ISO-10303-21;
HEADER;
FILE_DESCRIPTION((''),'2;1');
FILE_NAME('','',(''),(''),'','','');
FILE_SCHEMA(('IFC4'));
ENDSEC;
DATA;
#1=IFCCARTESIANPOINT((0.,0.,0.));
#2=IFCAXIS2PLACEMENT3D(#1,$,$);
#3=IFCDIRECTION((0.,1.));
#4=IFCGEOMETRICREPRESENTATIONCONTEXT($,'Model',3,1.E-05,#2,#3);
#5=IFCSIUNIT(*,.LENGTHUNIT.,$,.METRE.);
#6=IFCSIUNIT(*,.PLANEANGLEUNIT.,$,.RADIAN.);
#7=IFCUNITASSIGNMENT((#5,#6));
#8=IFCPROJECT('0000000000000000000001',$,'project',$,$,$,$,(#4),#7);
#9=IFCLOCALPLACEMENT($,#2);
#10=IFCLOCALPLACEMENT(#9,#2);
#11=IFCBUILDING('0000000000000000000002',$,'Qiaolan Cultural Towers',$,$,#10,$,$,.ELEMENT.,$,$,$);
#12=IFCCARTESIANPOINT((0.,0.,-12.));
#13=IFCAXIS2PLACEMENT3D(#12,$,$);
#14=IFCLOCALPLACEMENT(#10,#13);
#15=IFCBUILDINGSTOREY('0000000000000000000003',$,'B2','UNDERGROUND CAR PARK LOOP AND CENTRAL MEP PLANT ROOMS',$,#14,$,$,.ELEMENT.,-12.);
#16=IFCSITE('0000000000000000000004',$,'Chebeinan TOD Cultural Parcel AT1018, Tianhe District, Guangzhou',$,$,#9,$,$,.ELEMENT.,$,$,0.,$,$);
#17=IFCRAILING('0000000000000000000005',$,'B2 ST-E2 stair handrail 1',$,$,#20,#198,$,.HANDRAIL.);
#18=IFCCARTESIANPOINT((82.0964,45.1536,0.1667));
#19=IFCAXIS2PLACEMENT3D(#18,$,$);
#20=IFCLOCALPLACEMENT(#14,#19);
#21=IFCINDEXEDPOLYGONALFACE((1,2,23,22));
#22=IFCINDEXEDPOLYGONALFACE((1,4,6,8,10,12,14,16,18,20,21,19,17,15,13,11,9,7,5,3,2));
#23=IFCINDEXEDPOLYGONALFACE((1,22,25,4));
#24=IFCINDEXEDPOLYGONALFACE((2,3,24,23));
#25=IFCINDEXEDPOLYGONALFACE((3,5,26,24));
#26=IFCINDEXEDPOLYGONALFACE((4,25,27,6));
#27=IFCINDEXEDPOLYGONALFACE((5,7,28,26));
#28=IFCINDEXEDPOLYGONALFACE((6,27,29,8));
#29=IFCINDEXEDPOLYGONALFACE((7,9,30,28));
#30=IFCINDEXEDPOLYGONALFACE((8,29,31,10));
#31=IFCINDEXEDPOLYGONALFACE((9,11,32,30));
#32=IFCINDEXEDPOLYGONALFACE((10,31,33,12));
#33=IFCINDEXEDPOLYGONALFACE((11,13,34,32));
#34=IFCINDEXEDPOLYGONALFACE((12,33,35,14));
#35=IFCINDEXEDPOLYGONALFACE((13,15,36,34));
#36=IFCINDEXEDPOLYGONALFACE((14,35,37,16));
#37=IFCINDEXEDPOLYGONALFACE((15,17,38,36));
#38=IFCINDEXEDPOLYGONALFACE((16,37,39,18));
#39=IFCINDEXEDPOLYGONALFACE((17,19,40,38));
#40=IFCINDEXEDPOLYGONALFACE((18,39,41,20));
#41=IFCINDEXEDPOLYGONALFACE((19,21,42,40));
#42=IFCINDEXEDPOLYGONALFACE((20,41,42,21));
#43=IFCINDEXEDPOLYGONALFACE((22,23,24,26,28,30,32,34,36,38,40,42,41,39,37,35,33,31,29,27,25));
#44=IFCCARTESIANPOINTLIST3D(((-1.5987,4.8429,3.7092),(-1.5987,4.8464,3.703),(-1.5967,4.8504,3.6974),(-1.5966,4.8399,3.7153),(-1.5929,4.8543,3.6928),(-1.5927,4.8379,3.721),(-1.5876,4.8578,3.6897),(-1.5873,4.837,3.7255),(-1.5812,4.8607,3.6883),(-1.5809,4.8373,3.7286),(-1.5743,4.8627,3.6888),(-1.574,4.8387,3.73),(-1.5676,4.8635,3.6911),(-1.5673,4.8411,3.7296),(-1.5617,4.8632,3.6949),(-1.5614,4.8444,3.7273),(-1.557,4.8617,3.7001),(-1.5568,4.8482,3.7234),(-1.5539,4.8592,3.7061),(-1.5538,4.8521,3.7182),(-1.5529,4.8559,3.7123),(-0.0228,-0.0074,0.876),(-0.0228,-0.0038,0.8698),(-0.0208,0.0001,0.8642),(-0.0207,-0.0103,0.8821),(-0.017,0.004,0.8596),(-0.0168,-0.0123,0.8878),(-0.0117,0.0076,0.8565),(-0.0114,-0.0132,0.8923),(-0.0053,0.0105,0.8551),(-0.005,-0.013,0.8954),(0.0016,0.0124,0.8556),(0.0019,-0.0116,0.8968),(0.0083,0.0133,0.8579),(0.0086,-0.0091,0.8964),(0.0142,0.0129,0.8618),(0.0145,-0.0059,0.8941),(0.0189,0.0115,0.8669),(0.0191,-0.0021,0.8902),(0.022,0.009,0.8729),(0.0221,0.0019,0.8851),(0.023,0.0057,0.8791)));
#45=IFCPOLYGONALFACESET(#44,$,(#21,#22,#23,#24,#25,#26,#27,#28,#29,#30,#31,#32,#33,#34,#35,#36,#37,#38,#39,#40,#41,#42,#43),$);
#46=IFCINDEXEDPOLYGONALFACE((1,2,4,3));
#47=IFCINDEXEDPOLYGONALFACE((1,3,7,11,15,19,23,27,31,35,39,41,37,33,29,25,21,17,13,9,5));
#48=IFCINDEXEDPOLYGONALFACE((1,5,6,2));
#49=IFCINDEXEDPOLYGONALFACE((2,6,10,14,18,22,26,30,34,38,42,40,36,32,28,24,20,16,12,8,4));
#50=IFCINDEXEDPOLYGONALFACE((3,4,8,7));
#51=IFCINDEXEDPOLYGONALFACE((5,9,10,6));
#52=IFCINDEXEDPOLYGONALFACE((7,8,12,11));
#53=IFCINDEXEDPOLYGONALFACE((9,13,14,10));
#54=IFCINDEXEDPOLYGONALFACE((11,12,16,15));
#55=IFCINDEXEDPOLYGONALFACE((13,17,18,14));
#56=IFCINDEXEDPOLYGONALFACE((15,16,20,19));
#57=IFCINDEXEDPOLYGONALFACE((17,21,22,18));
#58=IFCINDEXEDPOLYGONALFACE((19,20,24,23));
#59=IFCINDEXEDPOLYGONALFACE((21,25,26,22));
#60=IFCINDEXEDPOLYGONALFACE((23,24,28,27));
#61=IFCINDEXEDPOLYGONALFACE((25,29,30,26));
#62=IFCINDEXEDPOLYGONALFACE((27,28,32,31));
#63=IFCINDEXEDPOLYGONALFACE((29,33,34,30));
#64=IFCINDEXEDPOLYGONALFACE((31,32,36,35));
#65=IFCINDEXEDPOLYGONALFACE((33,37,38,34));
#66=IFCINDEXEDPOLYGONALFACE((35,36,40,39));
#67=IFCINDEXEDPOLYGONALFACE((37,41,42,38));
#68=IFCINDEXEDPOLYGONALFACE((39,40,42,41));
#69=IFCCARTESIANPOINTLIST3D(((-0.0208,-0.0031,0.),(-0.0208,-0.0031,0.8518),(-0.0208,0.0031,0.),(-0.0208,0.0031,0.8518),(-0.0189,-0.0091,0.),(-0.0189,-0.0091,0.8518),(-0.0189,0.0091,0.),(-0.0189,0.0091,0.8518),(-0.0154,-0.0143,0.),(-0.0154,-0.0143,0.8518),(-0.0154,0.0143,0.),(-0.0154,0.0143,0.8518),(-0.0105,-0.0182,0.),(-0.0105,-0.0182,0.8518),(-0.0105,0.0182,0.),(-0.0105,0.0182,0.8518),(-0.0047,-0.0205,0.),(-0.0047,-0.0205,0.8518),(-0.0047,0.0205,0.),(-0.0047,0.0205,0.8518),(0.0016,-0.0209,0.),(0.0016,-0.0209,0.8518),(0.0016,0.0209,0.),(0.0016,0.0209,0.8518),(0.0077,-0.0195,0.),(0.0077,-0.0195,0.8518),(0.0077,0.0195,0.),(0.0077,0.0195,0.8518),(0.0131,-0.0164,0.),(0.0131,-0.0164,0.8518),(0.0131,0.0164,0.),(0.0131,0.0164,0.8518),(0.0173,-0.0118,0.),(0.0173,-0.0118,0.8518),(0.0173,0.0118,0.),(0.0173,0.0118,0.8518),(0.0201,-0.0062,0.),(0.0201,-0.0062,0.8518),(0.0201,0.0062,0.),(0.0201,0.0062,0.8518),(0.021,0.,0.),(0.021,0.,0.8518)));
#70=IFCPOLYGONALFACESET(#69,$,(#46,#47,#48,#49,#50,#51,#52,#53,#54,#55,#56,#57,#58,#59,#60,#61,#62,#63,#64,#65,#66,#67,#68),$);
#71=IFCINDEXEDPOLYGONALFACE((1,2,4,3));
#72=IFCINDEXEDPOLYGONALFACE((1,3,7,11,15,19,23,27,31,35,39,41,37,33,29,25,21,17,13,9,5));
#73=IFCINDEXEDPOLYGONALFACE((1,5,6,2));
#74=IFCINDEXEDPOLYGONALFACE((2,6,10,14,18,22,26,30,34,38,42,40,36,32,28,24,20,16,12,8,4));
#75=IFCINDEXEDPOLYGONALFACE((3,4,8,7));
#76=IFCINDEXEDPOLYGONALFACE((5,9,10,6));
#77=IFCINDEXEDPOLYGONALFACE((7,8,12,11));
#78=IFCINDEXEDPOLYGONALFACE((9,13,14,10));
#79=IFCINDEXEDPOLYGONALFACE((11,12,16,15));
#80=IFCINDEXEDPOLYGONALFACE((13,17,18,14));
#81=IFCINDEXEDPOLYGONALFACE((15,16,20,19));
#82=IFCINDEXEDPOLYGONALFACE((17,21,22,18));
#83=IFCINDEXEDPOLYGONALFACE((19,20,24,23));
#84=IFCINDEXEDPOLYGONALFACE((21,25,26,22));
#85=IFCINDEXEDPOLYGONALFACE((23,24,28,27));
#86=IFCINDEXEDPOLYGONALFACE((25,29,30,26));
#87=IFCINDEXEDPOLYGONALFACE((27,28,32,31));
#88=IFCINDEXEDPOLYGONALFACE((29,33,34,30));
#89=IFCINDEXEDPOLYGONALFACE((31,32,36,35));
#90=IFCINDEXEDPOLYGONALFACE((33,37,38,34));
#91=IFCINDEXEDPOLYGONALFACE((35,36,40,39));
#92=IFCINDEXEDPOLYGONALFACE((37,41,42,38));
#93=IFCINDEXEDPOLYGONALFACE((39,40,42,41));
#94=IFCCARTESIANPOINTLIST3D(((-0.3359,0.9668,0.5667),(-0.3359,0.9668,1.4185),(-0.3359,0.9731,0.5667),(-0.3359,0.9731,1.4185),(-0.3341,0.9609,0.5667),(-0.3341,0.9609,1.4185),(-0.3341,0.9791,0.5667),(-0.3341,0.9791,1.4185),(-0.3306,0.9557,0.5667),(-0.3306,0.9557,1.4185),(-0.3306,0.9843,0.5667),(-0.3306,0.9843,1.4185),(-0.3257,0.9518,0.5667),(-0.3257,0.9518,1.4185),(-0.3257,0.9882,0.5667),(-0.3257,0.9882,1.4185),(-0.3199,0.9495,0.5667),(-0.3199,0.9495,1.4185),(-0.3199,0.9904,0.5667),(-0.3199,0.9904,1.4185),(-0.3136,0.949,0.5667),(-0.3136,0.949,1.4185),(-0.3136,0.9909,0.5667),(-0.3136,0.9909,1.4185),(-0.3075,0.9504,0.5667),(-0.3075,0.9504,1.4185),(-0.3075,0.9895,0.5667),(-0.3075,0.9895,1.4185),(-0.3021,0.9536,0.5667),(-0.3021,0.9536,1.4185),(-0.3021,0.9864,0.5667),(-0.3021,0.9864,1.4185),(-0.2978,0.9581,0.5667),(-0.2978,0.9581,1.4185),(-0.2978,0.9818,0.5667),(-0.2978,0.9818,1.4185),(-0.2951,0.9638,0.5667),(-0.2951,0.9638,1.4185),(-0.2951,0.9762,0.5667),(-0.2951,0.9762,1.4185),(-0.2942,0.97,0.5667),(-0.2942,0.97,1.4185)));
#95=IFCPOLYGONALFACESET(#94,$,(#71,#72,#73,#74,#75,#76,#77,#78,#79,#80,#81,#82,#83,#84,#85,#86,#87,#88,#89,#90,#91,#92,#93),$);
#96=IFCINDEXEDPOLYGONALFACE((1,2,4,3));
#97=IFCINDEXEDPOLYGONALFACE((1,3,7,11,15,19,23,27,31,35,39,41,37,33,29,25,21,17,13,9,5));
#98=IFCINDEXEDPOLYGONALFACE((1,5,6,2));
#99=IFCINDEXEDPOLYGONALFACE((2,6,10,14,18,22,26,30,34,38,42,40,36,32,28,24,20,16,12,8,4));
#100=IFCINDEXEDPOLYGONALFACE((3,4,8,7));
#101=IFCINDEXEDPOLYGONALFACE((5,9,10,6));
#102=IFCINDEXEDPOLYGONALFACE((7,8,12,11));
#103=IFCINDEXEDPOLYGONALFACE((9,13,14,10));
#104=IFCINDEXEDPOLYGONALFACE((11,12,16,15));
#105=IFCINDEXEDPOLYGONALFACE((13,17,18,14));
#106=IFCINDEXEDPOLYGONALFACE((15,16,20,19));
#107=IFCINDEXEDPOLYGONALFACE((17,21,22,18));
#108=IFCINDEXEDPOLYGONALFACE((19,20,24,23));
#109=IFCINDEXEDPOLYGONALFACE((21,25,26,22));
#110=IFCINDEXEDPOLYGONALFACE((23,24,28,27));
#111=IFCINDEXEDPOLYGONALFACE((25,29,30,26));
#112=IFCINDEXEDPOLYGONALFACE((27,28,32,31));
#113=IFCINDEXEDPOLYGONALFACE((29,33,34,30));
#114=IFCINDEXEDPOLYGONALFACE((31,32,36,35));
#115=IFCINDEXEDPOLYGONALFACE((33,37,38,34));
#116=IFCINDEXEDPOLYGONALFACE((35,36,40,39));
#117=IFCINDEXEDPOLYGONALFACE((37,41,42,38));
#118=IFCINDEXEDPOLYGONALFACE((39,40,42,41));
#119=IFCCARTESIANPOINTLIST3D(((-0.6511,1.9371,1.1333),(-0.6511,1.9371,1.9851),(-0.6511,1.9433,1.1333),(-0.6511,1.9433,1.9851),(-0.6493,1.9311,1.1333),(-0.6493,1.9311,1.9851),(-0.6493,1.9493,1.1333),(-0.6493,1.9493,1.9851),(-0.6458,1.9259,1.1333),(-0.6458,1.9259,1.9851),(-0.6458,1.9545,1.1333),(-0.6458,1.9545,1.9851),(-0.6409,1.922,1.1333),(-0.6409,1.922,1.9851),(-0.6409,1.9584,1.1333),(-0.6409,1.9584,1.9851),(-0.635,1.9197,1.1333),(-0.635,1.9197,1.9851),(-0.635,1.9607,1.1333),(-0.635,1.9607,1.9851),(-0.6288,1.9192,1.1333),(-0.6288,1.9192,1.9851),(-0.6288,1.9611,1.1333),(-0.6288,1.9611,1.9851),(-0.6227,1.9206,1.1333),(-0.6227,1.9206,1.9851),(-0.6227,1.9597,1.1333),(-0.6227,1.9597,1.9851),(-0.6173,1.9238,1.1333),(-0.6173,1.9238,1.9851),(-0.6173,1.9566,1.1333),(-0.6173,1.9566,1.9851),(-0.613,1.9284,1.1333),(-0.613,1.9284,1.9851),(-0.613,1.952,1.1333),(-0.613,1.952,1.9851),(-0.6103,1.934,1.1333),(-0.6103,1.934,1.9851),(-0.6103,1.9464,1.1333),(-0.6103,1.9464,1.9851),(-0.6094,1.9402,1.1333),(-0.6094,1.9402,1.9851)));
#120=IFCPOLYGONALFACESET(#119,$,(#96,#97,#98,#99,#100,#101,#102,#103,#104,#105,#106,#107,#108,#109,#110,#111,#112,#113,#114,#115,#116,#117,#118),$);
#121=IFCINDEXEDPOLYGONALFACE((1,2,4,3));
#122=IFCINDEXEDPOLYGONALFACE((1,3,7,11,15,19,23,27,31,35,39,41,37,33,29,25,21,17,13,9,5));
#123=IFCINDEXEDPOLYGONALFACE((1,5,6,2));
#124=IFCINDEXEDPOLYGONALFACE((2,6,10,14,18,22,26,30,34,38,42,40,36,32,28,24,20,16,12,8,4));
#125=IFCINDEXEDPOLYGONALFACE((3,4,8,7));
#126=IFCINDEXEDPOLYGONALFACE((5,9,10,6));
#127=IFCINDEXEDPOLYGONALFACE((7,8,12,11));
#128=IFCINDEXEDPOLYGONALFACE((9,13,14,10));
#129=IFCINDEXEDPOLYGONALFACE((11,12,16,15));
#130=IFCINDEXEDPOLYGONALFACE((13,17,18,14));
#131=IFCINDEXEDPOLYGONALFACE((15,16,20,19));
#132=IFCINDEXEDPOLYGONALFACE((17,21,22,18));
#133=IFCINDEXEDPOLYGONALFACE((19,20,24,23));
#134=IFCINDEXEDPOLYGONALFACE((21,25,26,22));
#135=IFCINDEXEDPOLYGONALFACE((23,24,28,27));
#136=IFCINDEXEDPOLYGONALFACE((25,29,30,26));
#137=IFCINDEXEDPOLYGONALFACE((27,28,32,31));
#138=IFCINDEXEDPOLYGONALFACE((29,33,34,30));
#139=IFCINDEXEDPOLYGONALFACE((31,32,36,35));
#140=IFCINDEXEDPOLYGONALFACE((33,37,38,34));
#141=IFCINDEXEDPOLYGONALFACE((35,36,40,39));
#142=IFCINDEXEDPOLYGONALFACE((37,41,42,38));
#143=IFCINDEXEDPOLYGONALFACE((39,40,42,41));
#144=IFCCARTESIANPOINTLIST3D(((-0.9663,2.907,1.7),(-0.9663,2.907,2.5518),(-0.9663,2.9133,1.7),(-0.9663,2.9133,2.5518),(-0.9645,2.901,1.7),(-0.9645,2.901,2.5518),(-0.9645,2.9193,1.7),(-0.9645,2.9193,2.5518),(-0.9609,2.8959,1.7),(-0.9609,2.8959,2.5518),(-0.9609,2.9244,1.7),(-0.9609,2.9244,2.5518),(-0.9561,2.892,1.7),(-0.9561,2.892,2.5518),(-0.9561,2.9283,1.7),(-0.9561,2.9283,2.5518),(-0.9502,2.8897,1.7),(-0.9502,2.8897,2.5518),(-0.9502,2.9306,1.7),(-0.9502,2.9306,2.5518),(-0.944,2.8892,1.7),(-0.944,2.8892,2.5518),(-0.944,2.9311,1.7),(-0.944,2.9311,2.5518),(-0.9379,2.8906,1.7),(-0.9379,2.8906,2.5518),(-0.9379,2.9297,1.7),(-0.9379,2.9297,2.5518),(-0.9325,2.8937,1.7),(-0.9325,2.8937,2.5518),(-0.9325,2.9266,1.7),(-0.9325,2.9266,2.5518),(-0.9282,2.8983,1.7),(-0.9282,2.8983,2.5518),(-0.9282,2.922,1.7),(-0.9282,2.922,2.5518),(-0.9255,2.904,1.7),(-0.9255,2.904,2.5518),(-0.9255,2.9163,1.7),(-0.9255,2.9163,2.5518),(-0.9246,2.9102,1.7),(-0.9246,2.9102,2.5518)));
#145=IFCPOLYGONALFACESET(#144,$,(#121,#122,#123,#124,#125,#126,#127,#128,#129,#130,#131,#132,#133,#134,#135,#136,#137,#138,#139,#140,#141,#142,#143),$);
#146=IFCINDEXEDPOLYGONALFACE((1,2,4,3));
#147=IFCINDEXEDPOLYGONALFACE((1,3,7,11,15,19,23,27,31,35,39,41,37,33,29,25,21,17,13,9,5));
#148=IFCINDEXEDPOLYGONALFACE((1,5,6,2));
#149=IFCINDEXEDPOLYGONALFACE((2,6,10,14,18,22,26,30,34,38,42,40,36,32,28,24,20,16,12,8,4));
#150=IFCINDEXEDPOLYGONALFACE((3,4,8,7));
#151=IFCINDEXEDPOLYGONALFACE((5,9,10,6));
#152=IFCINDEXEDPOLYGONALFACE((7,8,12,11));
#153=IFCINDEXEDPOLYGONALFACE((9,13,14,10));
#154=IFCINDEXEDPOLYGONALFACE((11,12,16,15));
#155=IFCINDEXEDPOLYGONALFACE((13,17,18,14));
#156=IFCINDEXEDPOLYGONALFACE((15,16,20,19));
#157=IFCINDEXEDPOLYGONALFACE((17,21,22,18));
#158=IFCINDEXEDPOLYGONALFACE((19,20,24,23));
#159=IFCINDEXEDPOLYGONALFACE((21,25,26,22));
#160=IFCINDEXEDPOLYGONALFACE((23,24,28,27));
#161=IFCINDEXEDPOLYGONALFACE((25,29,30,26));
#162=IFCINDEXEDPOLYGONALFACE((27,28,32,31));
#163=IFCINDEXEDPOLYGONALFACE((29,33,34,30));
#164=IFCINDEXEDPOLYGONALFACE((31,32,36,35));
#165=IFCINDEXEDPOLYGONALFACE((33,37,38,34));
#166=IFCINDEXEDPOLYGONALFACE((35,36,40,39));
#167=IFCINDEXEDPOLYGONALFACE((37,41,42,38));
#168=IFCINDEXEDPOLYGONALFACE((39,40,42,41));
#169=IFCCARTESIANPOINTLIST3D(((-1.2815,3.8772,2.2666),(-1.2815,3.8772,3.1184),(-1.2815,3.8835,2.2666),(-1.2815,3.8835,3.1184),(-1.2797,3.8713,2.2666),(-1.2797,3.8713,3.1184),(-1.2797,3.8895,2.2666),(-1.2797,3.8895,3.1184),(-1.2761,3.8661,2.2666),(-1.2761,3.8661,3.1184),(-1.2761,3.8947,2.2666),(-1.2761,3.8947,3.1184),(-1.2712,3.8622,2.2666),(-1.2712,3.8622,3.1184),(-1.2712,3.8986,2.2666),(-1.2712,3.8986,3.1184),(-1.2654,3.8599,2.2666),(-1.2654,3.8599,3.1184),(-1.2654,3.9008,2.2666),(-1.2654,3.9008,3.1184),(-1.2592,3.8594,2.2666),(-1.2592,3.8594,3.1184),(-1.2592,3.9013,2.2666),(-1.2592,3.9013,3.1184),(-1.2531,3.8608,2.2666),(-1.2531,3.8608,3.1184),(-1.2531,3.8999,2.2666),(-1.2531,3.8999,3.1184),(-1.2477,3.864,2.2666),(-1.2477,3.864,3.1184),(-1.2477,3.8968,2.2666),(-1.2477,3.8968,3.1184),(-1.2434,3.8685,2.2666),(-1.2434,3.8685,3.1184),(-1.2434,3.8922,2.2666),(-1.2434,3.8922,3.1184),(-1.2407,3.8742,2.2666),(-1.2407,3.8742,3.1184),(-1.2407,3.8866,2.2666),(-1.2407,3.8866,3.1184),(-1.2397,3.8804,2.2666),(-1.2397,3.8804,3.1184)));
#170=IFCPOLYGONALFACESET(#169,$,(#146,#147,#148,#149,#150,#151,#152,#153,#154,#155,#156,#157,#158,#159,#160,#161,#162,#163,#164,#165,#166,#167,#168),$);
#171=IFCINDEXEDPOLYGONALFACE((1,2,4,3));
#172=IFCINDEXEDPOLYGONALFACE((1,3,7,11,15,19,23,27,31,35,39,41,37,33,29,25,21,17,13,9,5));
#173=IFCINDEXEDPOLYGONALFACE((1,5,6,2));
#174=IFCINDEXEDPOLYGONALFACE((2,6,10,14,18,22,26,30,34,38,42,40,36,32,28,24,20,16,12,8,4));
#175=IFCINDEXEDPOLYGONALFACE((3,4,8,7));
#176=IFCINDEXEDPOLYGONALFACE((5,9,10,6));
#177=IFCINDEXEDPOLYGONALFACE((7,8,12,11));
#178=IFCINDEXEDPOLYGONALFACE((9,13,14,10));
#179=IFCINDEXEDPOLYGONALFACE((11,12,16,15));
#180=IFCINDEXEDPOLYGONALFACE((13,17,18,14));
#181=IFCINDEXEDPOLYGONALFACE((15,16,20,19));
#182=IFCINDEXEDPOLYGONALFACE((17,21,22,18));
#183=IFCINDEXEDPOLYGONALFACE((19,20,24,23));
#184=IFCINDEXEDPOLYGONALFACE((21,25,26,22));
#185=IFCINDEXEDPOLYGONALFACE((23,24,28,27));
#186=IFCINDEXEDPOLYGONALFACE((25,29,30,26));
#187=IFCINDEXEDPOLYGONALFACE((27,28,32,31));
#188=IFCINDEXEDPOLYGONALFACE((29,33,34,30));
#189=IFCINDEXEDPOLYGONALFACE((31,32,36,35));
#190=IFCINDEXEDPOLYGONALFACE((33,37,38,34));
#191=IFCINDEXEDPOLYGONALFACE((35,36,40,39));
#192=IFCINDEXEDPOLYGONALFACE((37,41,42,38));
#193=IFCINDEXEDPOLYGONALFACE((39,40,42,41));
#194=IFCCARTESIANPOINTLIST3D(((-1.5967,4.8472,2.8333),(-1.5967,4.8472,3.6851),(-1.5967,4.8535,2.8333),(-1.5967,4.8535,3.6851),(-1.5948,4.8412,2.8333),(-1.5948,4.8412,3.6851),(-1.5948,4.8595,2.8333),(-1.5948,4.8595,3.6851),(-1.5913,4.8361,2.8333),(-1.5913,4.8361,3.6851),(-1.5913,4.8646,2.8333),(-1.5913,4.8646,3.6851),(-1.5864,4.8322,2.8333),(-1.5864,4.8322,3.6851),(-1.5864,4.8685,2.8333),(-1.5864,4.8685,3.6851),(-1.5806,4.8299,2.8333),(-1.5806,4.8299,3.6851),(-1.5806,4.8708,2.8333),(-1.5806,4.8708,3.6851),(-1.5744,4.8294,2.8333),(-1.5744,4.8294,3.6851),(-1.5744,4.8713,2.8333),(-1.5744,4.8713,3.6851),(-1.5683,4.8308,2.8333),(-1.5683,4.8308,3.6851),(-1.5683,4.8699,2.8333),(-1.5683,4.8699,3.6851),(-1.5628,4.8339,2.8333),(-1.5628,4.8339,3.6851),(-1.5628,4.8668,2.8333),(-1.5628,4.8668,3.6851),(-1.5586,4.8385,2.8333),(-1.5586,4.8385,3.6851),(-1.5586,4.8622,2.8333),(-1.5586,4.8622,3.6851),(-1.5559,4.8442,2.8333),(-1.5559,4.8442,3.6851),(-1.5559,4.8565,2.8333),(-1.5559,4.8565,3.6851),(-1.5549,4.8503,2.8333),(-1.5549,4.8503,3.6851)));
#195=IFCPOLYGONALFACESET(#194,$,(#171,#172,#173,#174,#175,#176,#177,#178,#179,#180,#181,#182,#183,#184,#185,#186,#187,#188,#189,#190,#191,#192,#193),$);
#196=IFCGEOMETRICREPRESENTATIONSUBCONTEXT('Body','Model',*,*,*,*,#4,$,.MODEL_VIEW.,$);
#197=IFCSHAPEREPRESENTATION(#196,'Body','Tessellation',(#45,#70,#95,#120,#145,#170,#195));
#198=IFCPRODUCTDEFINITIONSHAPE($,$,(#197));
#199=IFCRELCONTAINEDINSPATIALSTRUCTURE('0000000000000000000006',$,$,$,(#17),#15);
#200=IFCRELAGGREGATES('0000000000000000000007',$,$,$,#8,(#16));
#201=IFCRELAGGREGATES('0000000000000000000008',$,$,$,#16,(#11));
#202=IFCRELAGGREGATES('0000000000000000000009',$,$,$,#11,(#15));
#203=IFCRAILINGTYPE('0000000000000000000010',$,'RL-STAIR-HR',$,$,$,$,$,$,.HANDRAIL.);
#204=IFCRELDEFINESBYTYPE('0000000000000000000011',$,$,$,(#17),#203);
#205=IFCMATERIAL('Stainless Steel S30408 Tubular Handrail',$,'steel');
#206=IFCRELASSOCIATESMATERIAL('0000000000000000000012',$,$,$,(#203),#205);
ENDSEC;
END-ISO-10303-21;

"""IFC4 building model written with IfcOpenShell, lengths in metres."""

from ifc_helpers import new_model, si_unit, direction, frame, origin, origin_2d, place, context, subcontext, project, spatial, circle, extrude, material, type_object, element, save


model = new_model("IFC4")

# Units and contexts
model_context = context("Model", 3, precision=1e-05, world=origin(), true_north=direction((0.0, 1.0)))
body_context = subcontext(model_context, "Body", "Model", "MODEL_VIEW")
ifc_project = project(units=[si_unit("LENGTHUNIT", "METRE"), si_unit("PLANEANGLEUNIT", "RADIAN")], contexts=[model_context])

# Site, building, storey
site_placement = place(None, origin())
site = spatial("IfcSite", under=ifc_project, at=site_placement, Name="Chebeinan TOD Cultural Parcel AT1018, Tianhe District, Guangzhou", CompositionType="ELEMENT", RefElevation=0.0)
building_placement = place(site_placement, origin())
building = spatial("IfcBuilding", under=site, at=building_placement, Name="Qiaolan Cultural Towers", CompositionType="ELEMENT")
storey_placement = place(building_placement, frame((0.0, 0.0, -12.0)))
storey = spatial("IfcBuildingStorey", under=building, at=storey_placement, Name="B2", Description="UNDERGROUND CAR PARK LOOP AND CENTRAL MEP PLANT ROOMS", CompositionType="ELEMENT", Elevation=-12.0)

# Railing
ifc_material_1 = material(Name="Stainless Steel S30408 Tubular Handrail", Category="steel")
railing_type = type_object("IfcRailingType", Name="RL-STAIR-HR", PredefinedType="HANDRAIL", material=ifc_material_1)
railing_placement = place(storey_placement, frame((82.0964, 45.1536, 0.1667)))
element("IfcRailing", 1, at=railing_placement, inside=storey, type_object=railing_type, Name="B2 ST-E2 stair handrail 1", PredefinedType="HANDRAIL", context=body_context, shape_type="SweptSolid", body=[
    extrude(circle(Radius=0.0239, at=origin_2d()), frame((0.0, 0.0, 0.876), z_axis=(-0.270124, 0.831378, 0.485637), x_axis=(-0.951059, -0.309009, 0.0)), (0.0, 0.0, 1.0), 5.834),
    extrude(circle(Radius=0.021, at=origin_2d()), origin(), (0.0, 0.0, 1.0), 0.8518),
    extrude(circle(Radius=0.021, at=origin_2d()), frame((-0.3152, 0.97, 0.5667)), (0.0, 0.0, 1.0), 0.8518),
    extrude(circle(Radius=0.021, at=origin_2d()), frame((-0.6304, 1.9402, 1.1333)), (0.0, 0.0, 1.0), 0.8518),
    extrude(circle(Radius=0.021, at=origin_2d()), frame((-0.9456, 2.9102, 1.7)), (0.0, 0.0, 1.0), 0.8518),
    extrude(circle(Radius=0.021, at=origin_2d()), frame((-1.2607, 3.8804, 2.2666)), (0.0, 0.0, 1.0), 0.8518),
    extrude(circle(Radius=0.021, at=origin_2d()), frame((-1.5759, 4.8503, 2.8333)), (0.0, 0.0, 1.0), 0.8518),
])

save(model, "model.ifc")
